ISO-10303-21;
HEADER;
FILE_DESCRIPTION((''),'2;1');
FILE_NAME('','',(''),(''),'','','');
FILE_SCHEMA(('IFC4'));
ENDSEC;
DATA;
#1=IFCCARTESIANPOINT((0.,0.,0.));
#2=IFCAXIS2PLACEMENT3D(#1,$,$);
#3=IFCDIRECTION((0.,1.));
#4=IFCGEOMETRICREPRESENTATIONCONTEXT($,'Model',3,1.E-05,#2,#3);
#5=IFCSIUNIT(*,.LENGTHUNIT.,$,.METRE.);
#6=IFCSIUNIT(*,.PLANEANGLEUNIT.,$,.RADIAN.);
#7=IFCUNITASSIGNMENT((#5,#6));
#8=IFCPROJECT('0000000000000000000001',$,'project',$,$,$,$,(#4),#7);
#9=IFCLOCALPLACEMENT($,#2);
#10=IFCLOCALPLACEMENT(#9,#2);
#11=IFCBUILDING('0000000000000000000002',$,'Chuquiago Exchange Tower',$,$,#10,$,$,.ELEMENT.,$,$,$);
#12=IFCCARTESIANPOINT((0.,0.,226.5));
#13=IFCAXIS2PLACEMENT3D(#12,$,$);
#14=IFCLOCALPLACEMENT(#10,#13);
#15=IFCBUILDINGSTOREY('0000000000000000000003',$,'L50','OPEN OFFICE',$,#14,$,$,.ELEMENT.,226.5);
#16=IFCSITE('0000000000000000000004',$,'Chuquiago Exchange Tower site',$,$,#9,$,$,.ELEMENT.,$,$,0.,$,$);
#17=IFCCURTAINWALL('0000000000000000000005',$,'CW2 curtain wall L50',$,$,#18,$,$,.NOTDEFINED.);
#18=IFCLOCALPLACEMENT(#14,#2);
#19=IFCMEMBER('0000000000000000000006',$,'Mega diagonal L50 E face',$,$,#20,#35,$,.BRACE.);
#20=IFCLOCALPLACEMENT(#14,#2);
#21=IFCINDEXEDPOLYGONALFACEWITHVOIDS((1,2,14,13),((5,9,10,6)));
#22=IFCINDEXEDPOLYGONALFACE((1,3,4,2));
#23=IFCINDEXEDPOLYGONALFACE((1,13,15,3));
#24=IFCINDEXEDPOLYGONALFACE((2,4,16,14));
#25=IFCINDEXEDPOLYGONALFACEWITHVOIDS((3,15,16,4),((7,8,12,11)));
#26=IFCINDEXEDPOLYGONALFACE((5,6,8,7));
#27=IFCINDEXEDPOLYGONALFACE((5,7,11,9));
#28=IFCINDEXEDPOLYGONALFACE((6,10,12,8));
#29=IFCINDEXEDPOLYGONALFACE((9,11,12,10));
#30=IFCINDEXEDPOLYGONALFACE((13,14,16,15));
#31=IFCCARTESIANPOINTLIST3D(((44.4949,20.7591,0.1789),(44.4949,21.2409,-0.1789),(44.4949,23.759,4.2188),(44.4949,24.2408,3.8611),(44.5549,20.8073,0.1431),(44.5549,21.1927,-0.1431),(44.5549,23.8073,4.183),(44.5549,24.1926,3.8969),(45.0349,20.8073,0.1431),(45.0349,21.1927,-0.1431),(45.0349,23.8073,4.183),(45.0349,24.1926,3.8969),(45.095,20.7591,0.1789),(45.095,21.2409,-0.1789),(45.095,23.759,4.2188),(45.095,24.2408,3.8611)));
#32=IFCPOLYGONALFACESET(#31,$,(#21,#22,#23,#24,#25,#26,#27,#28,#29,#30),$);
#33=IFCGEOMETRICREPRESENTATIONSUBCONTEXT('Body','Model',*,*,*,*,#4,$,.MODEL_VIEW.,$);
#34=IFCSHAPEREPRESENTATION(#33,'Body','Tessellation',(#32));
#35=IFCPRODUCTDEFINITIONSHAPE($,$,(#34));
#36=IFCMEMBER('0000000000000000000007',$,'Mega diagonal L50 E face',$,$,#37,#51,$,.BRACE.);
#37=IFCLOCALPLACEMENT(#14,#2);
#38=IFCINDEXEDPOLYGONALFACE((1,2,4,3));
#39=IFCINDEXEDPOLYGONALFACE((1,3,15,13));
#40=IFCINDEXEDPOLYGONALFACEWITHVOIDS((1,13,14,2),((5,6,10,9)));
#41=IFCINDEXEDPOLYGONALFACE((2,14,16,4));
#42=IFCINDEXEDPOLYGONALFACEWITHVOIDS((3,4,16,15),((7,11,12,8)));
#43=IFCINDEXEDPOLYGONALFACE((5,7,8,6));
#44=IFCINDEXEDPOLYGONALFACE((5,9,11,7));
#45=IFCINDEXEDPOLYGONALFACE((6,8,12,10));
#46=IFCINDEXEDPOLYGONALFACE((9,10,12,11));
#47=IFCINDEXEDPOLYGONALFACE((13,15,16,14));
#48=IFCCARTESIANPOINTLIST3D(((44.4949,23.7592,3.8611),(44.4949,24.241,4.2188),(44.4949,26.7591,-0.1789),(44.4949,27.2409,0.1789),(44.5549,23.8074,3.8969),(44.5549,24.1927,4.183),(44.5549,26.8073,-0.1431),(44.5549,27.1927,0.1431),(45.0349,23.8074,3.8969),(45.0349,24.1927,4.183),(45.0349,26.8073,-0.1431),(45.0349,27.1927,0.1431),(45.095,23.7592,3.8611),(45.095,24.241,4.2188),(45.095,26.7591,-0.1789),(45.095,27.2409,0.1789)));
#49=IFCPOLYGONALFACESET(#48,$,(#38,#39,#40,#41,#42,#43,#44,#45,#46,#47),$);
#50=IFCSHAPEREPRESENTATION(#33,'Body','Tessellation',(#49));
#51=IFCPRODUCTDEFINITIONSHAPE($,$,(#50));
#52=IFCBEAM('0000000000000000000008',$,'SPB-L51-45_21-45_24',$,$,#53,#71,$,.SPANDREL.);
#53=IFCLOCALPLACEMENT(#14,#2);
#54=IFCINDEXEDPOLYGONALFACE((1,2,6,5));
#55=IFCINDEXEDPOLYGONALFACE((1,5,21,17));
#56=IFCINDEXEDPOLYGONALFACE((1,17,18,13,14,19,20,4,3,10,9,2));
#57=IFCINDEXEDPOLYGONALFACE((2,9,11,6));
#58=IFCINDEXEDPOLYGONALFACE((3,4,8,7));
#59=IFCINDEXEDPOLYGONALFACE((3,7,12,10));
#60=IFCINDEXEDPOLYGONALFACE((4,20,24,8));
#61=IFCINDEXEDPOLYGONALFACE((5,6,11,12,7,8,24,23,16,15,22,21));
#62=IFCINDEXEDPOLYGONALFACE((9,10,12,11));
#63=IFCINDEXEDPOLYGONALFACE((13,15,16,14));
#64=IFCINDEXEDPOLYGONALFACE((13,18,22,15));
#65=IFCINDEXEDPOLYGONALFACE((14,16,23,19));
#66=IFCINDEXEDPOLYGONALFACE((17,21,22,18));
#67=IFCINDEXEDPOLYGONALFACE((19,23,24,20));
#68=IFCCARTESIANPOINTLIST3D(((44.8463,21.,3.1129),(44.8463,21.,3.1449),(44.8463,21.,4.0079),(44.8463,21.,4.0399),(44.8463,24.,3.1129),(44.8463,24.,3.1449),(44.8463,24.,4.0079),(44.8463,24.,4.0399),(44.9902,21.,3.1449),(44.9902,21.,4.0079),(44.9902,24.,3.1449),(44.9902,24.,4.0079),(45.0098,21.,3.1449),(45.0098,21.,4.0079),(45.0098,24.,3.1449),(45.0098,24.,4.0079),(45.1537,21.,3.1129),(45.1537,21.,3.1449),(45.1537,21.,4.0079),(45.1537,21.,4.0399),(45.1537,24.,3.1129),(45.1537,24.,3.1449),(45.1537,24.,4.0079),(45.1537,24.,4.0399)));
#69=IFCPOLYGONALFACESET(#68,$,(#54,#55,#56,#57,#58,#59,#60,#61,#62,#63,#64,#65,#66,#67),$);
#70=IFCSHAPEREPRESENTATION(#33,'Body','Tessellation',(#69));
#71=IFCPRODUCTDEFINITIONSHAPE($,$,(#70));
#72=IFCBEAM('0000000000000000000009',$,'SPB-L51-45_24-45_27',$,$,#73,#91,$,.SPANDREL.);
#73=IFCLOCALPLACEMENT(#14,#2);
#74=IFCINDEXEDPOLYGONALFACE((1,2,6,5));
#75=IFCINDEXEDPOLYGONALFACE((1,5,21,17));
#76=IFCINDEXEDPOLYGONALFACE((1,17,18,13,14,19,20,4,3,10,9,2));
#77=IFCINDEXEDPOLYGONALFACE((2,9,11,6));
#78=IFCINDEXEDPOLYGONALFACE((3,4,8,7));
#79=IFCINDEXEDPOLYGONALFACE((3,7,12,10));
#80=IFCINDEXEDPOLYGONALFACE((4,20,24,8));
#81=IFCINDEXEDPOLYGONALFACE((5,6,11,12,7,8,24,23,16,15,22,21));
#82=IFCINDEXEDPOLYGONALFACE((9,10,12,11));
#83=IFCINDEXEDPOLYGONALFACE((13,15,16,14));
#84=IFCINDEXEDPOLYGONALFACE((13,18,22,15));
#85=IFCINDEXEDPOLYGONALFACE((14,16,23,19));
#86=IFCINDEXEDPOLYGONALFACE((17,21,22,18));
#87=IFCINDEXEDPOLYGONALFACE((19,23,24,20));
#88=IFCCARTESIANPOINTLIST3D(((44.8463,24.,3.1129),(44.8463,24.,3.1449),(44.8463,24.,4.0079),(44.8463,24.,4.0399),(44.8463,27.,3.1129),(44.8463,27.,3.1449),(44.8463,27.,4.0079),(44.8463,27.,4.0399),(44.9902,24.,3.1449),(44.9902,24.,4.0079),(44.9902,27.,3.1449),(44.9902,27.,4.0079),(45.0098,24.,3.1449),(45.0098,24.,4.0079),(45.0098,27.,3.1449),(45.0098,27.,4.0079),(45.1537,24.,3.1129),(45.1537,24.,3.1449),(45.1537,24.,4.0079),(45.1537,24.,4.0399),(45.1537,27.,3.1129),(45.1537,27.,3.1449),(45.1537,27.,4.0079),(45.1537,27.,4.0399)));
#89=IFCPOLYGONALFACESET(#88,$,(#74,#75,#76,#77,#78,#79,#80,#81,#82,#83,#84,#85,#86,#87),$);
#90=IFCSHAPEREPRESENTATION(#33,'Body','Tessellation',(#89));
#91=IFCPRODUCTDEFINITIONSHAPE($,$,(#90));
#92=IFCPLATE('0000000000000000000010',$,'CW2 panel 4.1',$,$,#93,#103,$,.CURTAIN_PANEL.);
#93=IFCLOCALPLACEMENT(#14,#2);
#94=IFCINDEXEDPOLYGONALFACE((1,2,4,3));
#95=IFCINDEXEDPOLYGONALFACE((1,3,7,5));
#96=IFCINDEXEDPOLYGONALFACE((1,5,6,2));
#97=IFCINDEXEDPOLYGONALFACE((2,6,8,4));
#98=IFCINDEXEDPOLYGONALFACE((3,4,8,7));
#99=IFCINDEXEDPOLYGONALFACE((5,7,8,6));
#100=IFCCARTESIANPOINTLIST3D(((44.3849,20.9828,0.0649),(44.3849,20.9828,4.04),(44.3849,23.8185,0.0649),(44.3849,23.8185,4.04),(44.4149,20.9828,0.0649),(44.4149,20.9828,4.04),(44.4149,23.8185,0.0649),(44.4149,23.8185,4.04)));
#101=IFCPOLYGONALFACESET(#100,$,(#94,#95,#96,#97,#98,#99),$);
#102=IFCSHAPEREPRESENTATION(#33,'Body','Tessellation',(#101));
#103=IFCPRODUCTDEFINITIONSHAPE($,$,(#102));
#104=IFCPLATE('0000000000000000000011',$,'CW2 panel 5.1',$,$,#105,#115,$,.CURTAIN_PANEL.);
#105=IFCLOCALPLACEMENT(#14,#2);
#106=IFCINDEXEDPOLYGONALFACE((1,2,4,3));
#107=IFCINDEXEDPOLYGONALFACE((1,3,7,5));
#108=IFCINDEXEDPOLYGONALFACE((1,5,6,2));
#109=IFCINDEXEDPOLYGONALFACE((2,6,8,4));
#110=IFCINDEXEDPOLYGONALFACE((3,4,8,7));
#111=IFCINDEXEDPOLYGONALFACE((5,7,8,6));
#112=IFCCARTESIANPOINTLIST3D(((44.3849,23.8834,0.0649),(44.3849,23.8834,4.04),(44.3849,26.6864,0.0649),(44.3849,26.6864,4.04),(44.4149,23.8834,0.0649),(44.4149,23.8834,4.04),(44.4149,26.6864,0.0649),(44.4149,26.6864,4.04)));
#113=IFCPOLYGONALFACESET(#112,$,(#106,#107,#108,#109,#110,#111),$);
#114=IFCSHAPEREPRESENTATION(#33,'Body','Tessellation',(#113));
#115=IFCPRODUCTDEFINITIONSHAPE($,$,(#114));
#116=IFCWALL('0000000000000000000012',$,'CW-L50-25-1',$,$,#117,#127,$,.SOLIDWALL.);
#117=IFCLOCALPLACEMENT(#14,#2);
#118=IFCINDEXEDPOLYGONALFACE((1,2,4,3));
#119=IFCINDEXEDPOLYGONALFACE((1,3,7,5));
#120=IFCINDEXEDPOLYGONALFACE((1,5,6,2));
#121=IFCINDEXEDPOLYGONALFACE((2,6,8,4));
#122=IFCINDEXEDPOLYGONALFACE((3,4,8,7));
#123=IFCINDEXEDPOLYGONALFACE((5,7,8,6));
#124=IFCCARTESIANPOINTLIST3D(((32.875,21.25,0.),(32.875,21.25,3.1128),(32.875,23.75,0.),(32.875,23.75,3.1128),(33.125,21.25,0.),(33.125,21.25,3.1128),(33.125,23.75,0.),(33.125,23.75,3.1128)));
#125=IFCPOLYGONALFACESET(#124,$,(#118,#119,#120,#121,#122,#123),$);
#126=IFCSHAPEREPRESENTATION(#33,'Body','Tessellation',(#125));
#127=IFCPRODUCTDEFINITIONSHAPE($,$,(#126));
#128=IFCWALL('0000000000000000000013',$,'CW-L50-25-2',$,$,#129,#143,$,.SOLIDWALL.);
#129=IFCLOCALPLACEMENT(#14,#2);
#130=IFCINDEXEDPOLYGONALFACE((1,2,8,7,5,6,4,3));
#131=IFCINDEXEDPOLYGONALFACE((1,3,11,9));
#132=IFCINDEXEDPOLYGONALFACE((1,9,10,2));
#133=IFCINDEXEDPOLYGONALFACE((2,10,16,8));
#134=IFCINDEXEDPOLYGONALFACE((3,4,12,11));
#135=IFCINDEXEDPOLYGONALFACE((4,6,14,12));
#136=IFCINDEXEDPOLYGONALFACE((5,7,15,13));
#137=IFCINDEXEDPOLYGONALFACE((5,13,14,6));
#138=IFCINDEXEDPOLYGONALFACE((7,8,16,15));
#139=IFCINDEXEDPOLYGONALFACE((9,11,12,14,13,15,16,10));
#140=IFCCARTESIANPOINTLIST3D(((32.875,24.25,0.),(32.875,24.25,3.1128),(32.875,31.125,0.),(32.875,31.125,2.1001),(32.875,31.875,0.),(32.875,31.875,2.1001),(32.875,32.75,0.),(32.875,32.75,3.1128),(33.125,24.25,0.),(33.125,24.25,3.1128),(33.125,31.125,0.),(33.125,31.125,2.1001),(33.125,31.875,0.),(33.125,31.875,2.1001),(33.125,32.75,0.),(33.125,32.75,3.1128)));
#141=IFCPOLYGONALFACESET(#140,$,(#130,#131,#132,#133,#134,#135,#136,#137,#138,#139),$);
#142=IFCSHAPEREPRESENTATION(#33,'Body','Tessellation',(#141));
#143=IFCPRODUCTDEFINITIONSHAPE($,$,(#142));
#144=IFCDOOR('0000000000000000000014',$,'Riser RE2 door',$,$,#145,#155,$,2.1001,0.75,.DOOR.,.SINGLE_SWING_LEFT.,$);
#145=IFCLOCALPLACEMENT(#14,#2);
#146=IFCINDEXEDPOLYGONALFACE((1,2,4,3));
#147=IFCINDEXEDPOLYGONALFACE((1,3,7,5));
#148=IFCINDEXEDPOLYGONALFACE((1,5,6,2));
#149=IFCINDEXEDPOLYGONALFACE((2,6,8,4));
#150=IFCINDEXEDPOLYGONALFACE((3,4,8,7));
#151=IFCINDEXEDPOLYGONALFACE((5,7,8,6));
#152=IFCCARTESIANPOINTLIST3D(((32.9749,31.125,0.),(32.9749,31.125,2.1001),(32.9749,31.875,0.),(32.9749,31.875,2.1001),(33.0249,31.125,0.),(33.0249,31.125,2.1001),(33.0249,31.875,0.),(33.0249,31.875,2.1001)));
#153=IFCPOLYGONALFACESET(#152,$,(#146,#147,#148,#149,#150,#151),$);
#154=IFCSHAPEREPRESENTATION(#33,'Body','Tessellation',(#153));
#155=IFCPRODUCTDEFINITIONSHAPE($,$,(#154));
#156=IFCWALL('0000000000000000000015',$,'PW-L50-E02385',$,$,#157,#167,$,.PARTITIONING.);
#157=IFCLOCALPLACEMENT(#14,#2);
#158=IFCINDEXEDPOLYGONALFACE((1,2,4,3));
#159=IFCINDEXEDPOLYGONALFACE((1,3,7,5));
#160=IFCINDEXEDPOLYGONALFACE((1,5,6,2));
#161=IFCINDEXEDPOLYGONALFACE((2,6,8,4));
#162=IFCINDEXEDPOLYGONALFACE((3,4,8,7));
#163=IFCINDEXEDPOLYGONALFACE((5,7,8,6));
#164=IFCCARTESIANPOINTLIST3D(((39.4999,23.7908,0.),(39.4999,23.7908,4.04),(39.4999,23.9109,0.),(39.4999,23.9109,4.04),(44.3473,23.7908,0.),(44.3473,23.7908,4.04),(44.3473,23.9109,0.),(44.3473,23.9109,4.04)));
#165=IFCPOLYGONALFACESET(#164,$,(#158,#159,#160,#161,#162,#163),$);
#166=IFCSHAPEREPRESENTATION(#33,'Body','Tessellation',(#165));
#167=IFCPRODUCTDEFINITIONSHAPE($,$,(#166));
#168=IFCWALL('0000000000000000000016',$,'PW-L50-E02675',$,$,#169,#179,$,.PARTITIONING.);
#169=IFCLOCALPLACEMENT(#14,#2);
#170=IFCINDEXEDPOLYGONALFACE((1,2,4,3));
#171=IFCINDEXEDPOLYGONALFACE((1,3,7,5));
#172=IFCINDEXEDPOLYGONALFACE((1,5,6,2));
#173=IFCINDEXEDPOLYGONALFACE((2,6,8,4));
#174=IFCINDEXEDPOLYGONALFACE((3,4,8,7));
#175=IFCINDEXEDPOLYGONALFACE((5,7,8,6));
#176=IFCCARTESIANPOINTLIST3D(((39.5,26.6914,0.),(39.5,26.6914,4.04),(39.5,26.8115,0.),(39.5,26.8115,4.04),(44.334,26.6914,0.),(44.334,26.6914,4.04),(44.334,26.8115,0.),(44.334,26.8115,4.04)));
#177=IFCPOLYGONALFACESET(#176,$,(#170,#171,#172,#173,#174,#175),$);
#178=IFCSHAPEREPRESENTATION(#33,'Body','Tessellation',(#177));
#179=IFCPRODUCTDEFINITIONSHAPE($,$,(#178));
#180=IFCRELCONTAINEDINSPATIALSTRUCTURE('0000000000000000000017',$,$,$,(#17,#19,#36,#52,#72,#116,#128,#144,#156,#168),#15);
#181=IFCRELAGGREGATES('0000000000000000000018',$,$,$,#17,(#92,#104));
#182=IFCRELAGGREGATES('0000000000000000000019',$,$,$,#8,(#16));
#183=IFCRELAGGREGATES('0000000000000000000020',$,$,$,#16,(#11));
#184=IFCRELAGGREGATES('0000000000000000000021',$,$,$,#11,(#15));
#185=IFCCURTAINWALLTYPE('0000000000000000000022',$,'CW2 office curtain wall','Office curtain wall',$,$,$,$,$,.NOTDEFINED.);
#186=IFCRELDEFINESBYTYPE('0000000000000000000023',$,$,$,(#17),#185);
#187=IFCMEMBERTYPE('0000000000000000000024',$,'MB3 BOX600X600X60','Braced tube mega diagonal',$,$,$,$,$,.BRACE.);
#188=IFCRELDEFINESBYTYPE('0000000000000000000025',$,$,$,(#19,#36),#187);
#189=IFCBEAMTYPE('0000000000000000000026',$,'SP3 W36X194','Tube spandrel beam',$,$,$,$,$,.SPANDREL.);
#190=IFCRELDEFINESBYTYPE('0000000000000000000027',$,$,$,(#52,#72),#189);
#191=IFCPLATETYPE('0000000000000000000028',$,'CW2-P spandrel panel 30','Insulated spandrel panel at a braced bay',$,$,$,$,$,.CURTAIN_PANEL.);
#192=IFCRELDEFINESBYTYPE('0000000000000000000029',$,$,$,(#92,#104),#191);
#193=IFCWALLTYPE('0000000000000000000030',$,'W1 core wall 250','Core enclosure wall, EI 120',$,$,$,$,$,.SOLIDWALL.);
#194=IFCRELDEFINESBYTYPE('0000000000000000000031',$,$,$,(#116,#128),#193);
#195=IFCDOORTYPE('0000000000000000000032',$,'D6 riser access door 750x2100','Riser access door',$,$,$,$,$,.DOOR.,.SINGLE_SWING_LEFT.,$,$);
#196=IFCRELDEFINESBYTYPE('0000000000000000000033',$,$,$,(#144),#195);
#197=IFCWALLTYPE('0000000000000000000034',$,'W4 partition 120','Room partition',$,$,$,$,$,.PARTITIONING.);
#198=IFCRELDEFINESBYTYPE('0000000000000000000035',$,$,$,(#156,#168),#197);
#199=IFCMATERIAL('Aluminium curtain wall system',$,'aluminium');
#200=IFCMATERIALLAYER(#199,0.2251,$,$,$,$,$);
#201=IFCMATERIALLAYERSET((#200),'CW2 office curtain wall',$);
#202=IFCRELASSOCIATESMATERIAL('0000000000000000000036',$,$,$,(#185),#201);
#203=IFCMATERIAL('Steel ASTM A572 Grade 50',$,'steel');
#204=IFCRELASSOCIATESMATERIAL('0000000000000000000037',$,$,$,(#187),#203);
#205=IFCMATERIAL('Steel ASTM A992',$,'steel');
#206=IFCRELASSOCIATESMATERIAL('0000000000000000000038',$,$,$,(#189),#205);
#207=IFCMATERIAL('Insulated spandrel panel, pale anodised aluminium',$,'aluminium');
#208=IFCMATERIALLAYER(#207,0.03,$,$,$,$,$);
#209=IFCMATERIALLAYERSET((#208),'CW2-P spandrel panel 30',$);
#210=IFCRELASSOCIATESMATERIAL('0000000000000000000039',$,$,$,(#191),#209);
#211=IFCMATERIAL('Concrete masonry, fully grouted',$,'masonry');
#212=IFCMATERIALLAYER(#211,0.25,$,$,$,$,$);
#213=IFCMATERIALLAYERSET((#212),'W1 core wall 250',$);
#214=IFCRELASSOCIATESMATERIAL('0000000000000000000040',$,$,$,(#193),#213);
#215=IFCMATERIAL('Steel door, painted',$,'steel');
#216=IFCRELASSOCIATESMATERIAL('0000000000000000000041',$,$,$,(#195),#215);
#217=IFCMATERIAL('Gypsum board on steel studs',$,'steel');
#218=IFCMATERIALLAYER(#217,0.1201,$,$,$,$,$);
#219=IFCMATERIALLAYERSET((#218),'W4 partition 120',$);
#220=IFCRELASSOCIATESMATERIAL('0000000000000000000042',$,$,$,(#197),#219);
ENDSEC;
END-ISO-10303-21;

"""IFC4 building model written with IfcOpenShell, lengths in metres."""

from ifc_helpers import new_model, si_unit, direction, frame, frame_2d, origin, origin_2d, place, context, subcontext, project, spatial, rectangle, hollow_rectangle, i_section, extrude, material, layer, layer_set, material_profile, profile_set, type_object, element, fill, aggregate, save


model = new_model("IFC4")

# Units and contexts
model_context = context("Model", 3, precision=1e-05, world=origin(), true_north=direction((0.0, 1.0)))
body_context = subcontext(model_context, "Body", "Model", "MODEL_VIEW")
ifc_project = project(units=[si_unit("LENGTHUNIT", "METRE"), si_unit("PLANEANGLEUNIT", "RADIAN")], contexts=[model_context])

# Site, building, storey
site_placement = place(None, origin())
site = spatial("IfcSite", under=ifc_project, at=site_placement, Name="Chuquiago Exchange Tower site", CompositionType="ELEMENT", RefElevation=0.0)
building_placement = place(site_placement, origin())
building = spatial("IfcBuilding", under=site, at=building_placement, Name="Chuquiago Exchange Tower", CompositionType="ELEMENT")
storey_placement = place(building_placement, frame((0.0, 0.0, 226.5)))
storey = spatial("IfcBuildingStorey", under=building, at=storey_placement, Name="L50", Description="OPEN OFFICE", CompositionType="ELEMENT", Elevation=226.5)

# Curtain wall
ifc_material_1 = material(Name="Aluminium curtain wall system", Category="aluminium")
ifc_layer_1 = layer(ifc_material_1, 0.2251)
ifc_layer_set_1 = layer_set([ifc_layer_1], Name="CW2 office curtain wall")
curtain_wall_type_1 = type_object("IfcCurtainWallType", Name="CW2 office curtain wall", Description="Office curtain wall", PredefinedType="NOTDEFINED", material=ifc_layer_set_1)
curtain_wall_1_placement = place(storey_placement, origin())
curtain_wall_1 = element("IfcCurtainWall", 1, at=curtain_wall_1_placement, inside=storey, type_object=curtain_wall_type_1, Name="CW2 curtain wall L50", PredefinedType="NOTDEFINED")

# Members
ifc_material_2 = material(Name="Steel ASTM A572 Grade 50", Category="steel")
ifc_material_profile_1 = material_profile(ifc_material_2, hollow_rectangle(XDim=0.6001, YDim=0.6001, WallThickness=0.0601, at=origin_2d()), Name="BOX600X600X60")
ifc_profile_set_1 = profile_set([ifc_material_profile_1], Name="Steel ASTM A572 Grade 50")
member_type_1 = type_object("IfcMemberType", Name="MB3 BOX600X600X60", Description="Braced tube mega diagonal", PredefinedType="BRACE", material=ifc_profile_set_1)
for number, where, z_axis, x_axis, name in (
    (2, (44.7949, 21.0, 0.0), (0.0, 0.596174, 0.802855), (-1.0, 0.0, 0.0), "Mega diagonal L50 E face"),
    (3, (44.7949, 27.0, 0.0), (0.0, -0.596174, 0.802855), (1.0, 0.0, 0.0), "Mega diagonal L50 E face"),
):
    element("IfcMember", number, at=place(storey_placement, frame(where, z_axis=z_axis, x_axis=x_axis)), inside=storey, type_object=member_type_1, Name=name, PredefinedType="BRACE", context=body_context, shape_type="SweptSolid", body=[
        extrude(hollow_rectangle(XDim=0.6001, YDim=0.6001, WallThickness=0.0601, at=origin_2d()), origin(), (0.0, 0.0, 1.0), 5.032),
    ])

# Beams
ifc_material_3 = material(Name="Steel ASTM A992", Category="steel")
ifc_material_profile_2 = material_profile(ifc_material_3, i_section(OverallWidth=0.3074, OverallDepth=0.927, WebThickness=0.0195, FlangeThickness=0.032, at=origin_2d()), Name="W36X194")
ifc_profile_set_2 = profile_set([ifc_material_profile_2], Name="Steel ASTM A992")
beam_type_1 = type_object("IfcBeamType", Name="SP3 W36X194", Description="Tube spandrel beam", PredefinedType="SPANDREL", material=ifc_profile_set_2)
for number, where, z_axis, x_axis, name in (
    (4, (45.0, 21.0, 3.5764), (0.0, 1.0, 0.0), (-1.0, 0.0, 0.0), "SPB-L51-45_21-45_24"),
    (5, (45.0, 24.0, 3.5764), (0.0, 1.0, 0.0), (-1.0, 0.0, 0.0), "SPB-L51-45_24-45_27"),
):
    element("IfcBeam", number, at=place(storey_placement, frame(where, z_axis=z_axis, x_axis=x_axis)), inside=storey, type_object=beam_type_1, Name=name, PredefinedType="SPANDREL", context=body_context, shape_type="SweptSolid", body=[
        extrude(i_section(OverallWidth=0.3074, OverallDepth=0.927, WebThickness=0.0195, FlangeThickness=0.032, at=origin_2d()), origin(), (0.0, 0.0, 1.0), 3.0),
    ])

# Plates
ifc_material_4 = material(Name="Insulated spandrel panel, pale anodised aluminium", Category="aluminium")
ifc_layer_2 = layer(ifc_material_4, 0.03)
ifc_layer_set_2 = layer_set([ifc_layer_2], Name="CW2-P spandrel panel 30")
plate_type = type_object("IfcPlateType", Name="CW2-P spandrel panel 30", Description="Insulated spandrel panel at a braced bay", PredefinedType="CURTAIN_PANEL", material=ifc_layer_set_2)
plate_1_placement = place(storey_placement, frame((44.3999, 22.4006, 0.0649), z_axis=(0.0, 0.0, 1.0), x_axis=(0.0, 1.0, 0.0)))
plate_1 = element("IfcPlate", 6, at=plate_1_placement, type_object=plate_type, Name="CW2 panel 4.1", PredefinedType="CURTAIN_PANEL", context=body_context, shape_type="SweptSolid", body=[
    extrude(rectangle(XDim=2.8357, YDim=0.03, at=origin_2d()), origin(), (0.0, 0.0, 1.0), 3.9751),
])
plate_2_placement = place(storey_placement, frame((44.3999, 25.2849, 0.0649), z_axis=(0.0, 0.0, 1.0), x_axis=(0.0, 1.0, 0.0)))
plate_2 = element("IfcPlate", 7, at=plate_2_placement, type_object=plate_type, Name="CW2 panel 5.1", PredefinedType="CURTAIN_PANEL", context=body_context, shape_type="SweptSolid", body=[
    extrude(rectangle(XDim=2.803, YDim=0.03, at=origin_2d()), origin(), (0.0, 0.0, 1.0), 3.9751),
])
aggregate(curtain_wall_1, [plate_1, plate_2])

# Wall
ifc_material_5 = material(Name="Concrete masonry, fully grouted", Category="masonry")
ifc_layer_3 = layer(ifc_material_5, 0.25)
ifc_layer_set_3 = layer_set([ifc_layer_3], Name="W1 core wall 250")
wall_type_1 = type_object("IfcWallType", Name="W1 core wall 250", Description="Core enclosure wall, EI 120", PredefinedType="SOLIDWALL", material=ifc_layer_set_3)
wall_1_placement = place(storey_placement, frame((33.0, 21.25, 0.0), z_axis=(0.0, 0.0, 1.0), x_axis=(0.0, 1.0, 0.0)))
element("IfcWall", 8, at=wall_1_placement, inside=storey, type_object=wall_type_1, Name="CW-L50-25-1", PredefinedType="SOLIDWALL", context=body_context, shape_type="SweptSolid", body=[
    extrude(rectangle(XDim=2.5, YDim=0.25, at=frame_2d((1.25, 0.0))), origin(), (0.0, 0.0, 1.0), 3.1128),
])

# Wall, opening, door
wall_2_placement = place(storey_placement, frame((33.0, 24.25, 0.0), z_axis=(0.0, 0.0, 1.0), x_axis=(0.0, 1.0, 0.0)))
wall_2 = element("IfcWall", 9, at=wall_2_placement, inside=storey, type_object=wall_type_1, Name="CW-L50-25-2", PredefinedType="SOLIDWALL", context=body_context, shape_type="SweptSolid", body=[
    extrude(rectangle(XDim=8.5, YDim=0.25, at=frame_2d((4.25, 0.0))), origin(), (0.0, 0.0, 1.0), 3.1128),
])
opening_1_placement = place(wall_2_placement, frame((6.875, 0.0, 0.0)))
opening_1 = element("IfcOpeningElement", 10, at=opening_1_placement, cuts=wall_2, PredefinedType="OPENING", context=body_context, shape_type="SweptSolid", body=[
    extrude(rectangle(XDim=0.75, YDim=2.1001, at=frame_2d((0.375, 1.05))), frame((0.0, 0.135, 0.0), z_axis=(0.0, -1.0, 0.0), x_axis=(1.0, 0.0, 0.0)), (0.0, 0.0, 1.0), 0.27),
])
ifc_material_6 = material(Name="Steel door, painted", Category="steel")
door_type_1 = type_object("IfcDoorType", Name="D6 riser access door 750x2100", Description="Riser access door", OperationType="SINGLE_SWING_LEFT", PredefinedType="DOOR", material=ifc_material_6)
door_1_placement = place(opening_1_placement, frame((0.75, 0.0, 0.0), z_axis=(0.0, 0.0, 1.0), x_axis=(-1.0, 0.0, 0.0)))
door_1 = element("IfcDoor", 11, at=door_1_placement, inside=storey, type_object=door_type_1, Name="Riser RE2 door", OperationType="SINGLE_SWING_LEFT", OverallHeight=2.1001, OverallWidth=0.75, PredefinedType="DOOR", context=body_context, shape_type="SweptSolid", body=[
    extrude(rectangle(XDim=0.75, YDim=2.1001, at=frame_2d((0.375, 1.05))), frame((0.0, 0.0249, 0.0), z_axis=(0.0, -1.0, 0.0), x_axis=(1.0, 0.0, 0.0)), (0.0, 0.0, 1.0), 0.05),
])
fill(opening_1, door_1)

# Walls
ifc_material_7 = material(Name="Gypsum board on steel studs", Category="steel")
ifc_layer_4 = layer(ifc_material_7, 0.1201)
ifc_layer_set_4 = layer_set([ifc_layer_4], Name="W4 partition 120")
wall_type_2 = type_object("IfcWallType", Name="W4 partition 120", Description="Room partition", PredefinedType="PARTITIONING", material=ifc_layer_set_4)
wall_3_placement = place(storey_placement, frame((44.3474, 23.8508, 0.0), z_axis=(0.0, 0.0, 1.0), x_axis=(-1.0, 0.0, 0.0)))
element("IfcWall", 12, at=wall_3_placement, inside=storey, type_object=wall_type_2, Name="PW-L50-E02385", PredefinedType="PARTITIONING", context=body_context, shape_type="SweptSolid", body=[
    extrude(rectangle(XDim=4.8474, YDim=0.1201, at=frame_2d((2.4238, 0.0))), origin(), (0.0, 0.0, 1.0), 4.04),
])
wall_4_placement = place(storey_placement, frame((44.334, 26.7515, 0.0), z_axis=(0.0, 0.0, 1.0), x_axis=(-1.0, 0.0, 0.0)))
element("IfcWall", 13, at=wall_4_placement, inside=storey, type_object=wall_type_2, Name="PW-L50-E02675", PredefinedType="PARTITIONING", context=body_context, shape_type="SweptSolid", body=[
    extrude(rectangle(XDim=4.834, YDim=0.1201, at=frame_2d((2.417, 0.0))), origin(), (0.0, 0.0, 1.0), 4.04),
])

save(model, "model.ifc")
